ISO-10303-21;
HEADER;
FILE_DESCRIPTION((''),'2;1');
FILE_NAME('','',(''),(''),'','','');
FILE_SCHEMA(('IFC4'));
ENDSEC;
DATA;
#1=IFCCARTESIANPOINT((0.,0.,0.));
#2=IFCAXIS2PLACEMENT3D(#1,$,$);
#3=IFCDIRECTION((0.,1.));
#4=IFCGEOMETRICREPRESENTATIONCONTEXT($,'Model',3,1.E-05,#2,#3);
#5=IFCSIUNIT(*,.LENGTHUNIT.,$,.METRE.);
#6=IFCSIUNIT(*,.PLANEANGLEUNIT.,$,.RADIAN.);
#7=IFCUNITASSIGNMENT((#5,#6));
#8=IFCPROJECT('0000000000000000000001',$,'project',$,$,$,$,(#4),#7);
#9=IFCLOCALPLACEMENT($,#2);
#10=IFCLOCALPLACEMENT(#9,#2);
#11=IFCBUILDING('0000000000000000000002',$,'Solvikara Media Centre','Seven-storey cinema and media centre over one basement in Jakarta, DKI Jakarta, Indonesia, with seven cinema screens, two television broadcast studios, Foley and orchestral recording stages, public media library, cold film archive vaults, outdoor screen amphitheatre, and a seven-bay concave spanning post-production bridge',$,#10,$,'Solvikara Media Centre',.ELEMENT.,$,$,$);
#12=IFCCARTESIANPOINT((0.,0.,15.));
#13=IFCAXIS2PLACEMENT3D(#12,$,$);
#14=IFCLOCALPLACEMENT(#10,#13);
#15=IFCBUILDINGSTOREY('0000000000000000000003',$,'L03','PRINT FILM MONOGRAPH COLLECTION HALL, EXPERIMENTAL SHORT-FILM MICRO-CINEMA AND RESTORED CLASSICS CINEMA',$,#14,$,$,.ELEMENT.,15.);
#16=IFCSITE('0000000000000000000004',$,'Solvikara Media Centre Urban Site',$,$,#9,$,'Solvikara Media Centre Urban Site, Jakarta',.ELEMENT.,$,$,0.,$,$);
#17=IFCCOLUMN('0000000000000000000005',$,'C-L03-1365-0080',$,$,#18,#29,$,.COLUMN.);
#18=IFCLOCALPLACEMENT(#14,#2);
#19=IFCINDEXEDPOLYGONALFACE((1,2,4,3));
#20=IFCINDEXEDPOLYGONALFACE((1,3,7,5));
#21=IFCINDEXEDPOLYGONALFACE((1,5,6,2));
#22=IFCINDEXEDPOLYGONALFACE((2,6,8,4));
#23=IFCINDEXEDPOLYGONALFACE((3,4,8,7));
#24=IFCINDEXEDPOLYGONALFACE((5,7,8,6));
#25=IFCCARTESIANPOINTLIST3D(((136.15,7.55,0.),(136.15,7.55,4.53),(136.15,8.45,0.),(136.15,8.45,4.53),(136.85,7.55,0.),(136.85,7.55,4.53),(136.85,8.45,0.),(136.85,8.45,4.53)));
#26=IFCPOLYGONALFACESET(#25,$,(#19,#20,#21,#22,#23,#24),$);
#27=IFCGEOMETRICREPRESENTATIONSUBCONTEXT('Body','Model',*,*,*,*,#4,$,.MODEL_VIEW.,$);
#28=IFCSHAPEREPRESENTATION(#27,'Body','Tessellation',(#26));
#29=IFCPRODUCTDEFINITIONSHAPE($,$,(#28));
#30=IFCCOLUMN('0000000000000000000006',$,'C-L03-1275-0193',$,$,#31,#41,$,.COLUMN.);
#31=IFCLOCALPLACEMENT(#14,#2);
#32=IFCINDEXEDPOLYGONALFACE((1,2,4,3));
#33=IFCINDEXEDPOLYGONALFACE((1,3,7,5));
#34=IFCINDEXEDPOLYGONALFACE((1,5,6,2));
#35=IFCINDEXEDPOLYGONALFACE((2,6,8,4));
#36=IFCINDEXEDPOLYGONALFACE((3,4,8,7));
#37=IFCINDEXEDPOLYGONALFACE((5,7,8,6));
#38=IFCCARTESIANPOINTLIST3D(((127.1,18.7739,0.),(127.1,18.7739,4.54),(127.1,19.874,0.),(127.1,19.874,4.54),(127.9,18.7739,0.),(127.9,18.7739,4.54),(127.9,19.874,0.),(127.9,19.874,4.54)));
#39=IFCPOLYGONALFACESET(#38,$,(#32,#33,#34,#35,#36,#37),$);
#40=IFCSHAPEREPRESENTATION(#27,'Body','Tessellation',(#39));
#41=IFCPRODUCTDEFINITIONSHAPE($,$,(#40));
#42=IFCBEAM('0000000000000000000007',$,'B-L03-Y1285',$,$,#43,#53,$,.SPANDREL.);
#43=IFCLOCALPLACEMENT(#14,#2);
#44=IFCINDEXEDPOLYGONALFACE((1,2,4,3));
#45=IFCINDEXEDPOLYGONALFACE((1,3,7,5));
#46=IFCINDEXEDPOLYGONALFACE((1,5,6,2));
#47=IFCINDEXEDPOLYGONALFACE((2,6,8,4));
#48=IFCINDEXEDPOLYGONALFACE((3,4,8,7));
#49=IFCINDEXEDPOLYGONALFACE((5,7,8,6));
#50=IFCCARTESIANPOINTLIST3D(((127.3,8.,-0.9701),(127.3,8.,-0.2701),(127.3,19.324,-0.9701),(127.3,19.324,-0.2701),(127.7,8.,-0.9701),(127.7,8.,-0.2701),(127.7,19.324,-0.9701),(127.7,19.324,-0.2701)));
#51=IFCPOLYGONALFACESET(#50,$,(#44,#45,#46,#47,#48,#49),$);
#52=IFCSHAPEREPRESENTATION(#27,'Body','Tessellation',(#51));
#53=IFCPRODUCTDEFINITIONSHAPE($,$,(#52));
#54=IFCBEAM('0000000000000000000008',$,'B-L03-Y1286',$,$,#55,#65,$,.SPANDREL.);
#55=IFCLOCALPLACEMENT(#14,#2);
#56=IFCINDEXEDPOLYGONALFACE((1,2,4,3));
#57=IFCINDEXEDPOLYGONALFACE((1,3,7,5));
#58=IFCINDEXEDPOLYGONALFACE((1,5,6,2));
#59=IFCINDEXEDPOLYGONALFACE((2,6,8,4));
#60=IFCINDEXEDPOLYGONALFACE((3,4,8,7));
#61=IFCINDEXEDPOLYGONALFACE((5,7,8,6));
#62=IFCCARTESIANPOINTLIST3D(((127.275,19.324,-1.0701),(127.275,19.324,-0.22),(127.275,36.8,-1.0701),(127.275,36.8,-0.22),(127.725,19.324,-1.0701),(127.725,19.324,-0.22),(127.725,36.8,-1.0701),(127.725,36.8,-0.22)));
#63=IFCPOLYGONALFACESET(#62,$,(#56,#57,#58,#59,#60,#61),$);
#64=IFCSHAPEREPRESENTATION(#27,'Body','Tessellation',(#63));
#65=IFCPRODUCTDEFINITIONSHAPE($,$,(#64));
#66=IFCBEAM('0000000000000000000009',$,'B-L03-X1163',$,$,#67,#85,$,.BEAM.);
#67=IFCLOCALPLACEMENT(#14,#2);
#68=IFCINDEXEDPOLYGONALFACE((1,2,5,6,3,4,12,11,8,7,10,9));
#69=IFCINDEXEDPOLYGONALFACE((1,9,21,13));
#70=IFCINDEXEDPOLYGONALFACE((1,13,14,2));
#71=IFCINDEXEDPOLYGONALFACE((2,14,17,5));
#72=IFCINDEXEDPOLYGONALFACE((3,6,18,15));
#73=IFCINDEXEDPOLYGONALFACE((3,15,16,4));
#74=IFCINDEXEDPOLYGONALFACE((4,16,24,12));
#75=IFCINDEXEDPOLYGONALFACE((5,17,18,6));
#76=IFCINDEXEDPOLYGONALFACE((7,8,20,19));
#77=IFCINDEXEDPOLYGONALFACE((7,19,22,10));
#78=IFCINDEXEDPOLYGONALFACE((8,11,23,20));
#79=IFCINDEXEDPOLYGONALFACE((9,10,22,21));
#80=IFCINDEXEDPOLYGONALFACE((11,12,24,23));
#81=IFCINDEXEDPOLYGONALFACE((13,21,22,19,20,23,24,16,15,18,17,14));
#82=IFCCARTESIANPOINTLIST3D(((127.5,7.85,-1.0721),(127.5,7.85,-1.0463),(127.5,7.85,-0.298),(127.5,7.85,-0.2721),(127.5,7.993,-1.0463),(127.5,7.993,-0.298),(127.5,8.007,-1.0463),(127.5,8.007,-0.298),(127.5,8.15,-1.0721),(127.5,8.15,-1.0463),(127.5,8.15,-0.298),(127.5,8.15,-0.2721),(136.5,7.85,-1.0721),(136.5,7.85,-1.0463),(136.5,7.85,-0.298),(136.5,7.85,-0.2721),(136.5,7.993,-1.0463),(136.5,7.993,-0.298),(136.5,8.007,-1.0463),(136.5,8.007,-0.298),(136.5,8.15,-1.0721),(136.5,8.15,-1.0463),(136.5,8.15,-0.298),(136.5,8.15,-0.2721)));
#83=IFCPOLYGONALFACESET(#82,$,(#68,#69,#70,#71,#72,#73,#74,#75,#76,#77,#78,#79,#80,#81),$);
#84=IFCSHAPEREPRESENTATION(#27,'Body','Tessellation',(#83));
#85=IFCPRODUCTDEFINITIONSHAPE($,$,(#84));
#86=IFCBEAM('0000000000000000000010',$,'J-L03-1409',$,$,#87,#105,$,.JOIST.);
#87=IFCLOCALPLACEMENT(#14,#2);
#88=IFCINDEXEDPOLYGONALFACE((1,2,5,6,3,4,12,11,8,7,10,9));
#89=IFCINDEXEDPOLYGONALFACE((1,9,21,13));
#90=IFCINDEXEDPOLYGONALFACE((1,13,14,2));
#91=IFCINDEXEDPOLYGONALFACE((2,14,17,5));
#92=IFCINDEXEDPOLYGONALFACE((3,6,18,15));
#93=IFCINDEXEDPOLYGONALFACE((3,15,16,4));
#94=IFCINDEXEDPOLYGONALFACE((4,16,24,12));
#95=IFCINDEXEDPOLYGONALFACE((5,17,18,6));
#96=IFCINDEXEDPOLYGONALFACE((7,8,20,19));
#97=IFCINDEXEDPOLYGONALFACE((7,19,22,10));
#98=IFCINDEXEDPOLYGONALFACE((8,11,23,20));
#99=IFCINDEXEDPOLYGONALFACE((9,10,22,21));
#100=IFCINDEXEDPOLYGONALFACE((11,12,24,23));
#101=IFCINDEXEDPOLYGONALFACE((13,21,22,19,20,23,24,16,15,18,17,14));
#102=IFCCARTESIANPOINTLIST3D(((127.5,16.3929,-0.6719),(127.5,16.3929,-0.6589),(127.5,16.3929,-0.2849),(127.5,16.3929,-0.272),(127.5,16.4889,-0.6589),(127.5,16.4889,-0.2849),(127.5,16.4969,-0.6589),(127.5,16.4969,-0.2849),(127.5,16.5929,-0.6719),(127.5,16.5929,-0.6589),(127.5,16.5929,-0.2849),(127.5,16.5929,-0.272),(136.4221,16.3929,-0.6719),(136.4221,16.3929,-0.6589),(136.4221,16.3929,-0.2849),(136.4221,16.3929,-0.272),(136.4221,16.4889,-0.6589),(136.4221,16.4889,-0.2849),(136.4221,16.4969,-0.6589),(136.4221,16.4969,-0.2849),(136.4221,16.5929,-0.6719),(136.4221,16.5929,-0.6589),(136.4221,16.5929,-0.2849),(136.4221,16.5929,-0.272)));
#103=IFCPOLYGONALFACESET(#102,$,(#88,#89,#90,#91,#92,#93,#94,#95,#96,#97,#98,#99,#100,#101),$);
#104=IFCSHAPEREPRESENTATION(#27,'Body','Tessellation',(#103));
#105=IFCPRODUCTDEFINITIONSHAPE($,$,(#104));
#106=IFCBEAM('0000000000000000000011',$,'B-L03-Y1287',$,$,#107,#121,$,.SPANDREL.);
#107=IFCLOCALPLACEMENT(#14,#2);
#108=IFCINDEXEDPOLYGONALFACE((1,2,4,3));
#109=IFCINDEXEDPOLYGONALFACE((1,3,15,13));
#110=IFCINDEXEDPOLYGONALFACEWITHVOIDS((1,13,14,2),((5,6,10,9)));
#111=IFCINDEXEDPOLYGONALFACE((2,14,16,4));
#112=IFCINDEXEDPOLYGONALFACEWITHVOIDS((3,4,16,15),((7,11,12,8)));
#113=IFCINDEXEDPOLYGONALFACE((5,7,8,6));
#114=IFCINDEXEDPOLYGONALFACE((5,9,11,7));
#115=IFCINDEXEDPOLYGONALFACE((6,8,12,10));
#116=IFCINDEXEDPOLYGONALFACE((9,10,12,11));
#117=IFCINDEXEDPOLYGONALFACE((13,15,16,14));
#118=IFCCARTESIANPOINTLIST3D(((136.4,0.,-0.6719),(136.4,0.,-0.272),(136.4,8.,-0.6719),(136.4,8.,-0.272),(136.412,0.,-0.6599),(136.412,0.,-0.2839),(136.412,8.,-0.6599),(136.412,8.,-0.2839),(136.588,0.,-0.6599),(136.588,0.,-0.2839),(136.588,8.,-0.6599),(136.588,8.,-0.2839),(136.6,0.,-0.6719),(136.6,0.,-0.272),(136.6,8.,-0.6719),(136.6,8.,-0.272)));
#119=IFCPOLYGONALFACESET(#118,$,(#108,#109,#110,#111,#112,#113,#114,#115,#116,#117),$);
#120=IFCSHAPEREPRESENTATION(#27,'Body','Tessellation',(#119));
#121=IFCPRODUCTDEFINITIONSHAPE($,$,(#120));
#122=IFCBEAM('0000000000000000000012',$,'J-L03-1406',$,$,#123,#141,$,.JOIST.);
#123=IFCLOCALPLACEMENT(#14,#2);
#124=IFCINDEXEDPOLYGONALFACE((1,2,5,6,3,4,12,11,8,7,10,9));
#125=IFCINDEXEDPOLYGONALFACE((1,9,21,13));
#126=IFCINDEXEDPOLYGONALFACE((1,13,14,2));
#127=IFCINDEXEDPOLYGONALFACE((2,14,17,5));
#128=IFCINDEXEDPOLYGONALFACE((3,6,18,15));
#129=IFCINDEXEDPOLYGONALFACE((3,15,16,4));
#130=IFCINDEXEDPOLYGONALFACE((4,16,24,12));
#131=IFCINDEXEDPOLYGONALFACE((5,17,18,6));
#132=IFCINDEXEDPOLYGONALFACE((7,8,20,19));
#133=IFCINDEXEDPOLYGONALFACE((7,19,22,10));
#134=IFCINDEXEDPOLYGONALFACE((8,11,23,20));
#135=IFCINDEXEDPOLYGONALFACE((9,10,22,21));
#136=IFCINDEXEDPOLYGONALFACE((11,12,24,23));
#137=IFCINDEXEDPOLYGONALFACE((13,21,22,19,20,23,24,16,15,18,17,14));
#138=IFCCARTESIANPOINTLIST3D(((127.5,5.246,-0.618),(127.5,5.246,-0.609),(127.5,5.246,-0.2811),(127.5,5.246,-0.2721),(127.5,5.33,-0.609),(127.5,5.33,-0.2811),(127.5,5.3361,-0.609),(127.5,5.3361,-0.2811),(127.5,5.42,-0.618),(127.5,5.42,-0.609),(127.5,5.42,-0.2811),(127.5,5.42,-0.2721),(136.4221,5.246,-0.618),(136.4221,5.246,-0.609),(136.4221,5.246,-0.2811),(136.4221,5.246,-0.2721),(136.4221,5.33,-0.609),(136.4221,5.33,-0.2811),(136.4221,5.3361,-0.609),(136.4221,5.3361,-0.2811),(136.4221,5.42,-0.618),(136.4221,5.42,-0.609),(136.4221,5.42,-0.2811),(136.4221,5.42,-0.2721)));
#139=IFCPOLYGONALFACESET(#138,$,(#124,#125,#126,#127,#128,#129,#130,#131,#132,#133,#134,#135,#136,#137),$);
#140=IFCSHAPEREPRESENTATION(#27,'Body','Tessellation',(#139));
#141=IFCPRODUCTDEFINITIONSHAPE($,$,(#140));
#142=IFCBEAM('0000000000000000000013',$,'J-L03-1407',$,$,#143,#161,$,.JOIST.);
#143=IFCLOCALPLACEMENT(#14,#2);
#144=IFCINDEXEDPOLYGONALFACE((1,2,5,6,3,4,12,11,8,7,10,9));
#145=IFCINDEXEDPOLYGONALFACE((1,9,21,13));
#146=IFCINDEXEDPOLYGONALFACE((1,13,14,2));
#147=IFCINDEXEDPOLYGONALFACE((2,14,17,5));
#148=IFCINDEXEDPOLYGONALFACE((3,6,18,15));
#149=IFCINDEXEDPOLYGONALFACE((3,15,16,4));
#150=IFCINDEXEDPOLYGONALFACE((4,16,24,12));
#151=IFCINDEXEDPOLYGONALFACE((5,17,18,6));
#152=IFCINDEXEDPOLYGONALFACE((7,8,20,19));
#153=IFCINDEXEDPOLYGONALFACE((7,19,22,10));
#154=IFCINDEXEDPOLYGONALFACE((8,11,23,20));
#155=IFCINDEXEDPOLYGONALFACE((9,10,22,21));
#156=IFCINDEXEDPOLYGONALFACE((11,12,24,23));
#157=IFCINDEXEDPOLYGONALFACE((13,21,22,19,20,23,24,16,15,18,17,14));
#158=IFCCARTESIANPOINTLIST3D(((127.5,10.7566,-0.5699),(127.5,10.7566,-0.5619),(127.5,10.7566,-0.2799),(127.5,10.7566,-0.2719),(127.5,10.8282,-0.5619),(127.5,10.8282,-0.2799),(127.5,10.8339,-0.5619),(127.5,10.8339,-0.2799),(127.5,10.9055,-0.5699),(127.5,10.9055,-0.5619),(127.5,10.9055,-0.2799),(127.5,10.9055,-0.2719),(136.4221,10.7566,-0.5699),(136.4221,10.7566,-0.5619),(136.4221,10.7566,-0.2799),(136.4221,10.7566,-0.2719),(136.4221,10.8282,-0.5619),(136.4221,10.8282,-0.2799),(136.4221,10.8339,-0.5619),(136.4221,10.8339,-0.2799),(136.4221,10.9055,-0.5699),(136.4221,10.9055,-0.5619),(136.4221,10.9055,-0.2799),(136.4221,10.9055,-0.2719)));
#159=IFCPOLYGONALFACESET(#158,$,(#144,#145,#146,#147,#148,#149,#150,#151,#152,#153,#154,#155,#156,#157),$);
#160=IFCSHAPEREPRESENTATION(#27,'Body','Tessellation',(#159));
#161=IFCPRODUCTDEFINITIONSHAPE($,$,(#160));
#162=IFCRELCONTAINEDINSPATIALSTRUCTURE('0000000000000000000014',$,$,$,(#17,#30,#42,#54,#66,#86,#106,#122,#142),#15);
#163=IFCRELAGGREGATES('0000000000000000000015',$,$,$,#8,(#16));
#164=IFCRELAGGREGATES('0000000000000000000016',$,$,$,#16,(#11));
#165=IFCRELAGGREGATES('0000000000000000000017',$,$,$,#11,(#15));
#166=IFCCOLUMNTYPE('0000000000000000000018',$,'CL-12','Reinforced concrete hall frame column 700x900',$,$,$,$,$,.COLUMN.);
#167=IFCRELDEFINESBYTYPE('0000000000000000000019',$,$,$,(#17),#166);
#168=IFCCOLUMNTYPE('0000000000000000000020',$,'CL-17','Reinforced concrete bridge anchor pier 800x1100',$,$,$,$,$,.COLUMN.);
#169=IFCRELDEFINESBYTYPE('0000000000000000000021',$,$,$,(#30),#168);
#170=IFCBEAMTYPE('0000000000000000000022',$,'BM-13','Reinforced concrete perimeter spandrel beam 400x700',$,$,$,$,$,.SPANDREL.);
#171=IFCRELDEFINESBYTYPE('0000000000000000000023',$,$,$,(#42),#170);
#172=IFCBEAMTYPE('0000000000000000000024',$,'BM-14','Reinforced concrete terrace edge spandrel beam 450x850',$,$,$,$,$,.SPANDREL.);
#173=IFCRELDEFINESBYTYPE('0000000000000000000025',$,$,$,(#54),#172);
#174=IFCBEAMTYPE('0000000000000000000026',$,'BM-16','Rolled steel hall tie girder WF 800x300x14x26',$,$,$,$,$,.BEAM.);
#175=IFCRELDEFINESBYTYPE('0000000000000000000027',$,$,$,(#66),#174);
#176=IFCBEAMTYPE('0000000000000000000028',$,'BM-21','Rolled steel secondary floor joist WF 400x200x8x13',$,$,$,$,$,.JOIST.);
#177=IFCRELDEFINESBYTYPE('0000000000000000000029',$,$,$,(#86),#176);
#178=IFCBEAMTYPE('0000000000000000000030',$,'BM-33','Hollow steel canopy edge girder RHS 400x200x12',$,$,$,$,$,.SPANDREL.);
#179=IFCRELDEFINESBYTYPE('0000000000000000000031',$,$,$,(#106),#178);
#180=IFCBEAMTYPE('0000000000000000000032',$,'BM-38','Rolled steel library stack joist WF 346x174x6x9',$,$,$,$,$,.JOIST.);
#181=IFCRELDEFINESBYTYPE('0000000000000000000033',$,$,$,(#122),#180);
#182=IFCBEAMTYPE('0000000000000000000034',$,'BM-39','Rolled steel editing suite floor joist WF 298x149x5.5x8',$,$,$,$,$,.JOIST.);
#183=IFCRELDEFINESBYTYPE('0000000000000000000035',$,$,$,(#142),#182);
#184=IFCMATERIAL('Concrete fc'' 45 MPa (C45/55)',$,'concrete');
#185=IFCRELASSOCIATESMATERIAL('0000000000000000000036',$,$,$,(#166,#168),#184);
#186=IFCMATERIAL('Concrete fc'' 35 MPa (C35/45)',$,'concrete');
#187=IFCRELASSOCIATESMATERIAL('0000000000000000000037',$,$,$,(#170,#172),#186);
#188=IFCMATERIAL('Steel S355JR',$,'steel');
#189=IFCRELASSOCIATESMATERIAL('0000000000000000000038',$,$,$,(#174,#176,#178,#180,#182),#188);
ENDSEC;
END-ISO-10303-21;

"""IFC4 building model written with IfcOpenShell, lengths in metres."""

from ifc_helpers import new_model, si_unit, direction, frame, origin, origin_2d, place, context, subcontext, project, spatial, rectangle, hollow_rectangle, i_section, extrude, material, material_profile, profile_set, type_object, element, save


model = new_model("IFC4")

# Units and contexts
model_context = context("Model", 3, precision=1e-05, world=origin(), true_north=direction((0.0, 1.0)))
body_context = subcontext(model_context, "Body", "Model", "MODEL_VIEW")
ifc_project = project(units=[si_unit("LENGTHUNIT", "METRE"), si_unit("PLANEANGLEUNIT", "RADIAN")], contexts=[model_context])

# Site, building, storey
site_placement = place(None, origin())
site = spatial("IfcSite", under=ifc_project, at=site_placement, Name="Solvikara Media Centre Urban Site", LongName="Solvikara Media Centre Urban Site, Jakarta", CompositionType="ELEMENT", RefElevation=0.0)
building_placement = place(site_placement, origin())
building = spatial("IfcBuilding", under=site, at=building_placement, Name="Solvikara Media Centre", Description="Seven-storey cinema and media centre over one basement in Jakarta, DKI Jakarta, Indonesia, with seven cinema screens, two television broadcast studios, Foley and orchestral recording stages, public media library, cold film archive vaults, outdoor screen amphitheatre, and a seven-bay concave spanning post-production bridge", LongName="Solvikara Media Centre", CompositionType="ELEMENT")
storey_placement = place(building_placement, frame((0.0, 0.0, 15.0)))
storey = spatial("IfcBuildingStorey", under=building, at=storey_placement, Name="L03", Description="PRINT FILM MONOGRAPH COLLECTION HALL, EXPERIMENTAL SHORT-FILM MICRO-CINEMA AND RESTORED CLASSICS CINEMA", CompositionType="ELEMENT", Elevation=15.0)

# Columns
ifc_material_1 = material(Name="Concrete fc' 45 MPa (C45/55)", Category="concrete")
ifc_material_profile_1 = material_profile(ifc_material_1, rectangle(XDim=0.7, YDim=0.8999, at=origin_2d()), Name="RC 700x900")
ifc_profile_set_1 = profile_set([ifc_material_profile_1], Name="Concrete fc' 45 MPa (C45/55)")
column_type_1 = type_object("IfcColumnType", Name="CL-12", Description="Reinforced concrete hall frame column 700x900", PredefinedType="COLUMN", material=ifc_profile_set_1)
column_1_placement = place(storey_placement, frame((136.5, 8.0, 0.0), z_axis=(0.0, 0.0, 1.0), x_axis=(1.0, 0.0, 0.0)))
element("IfcColumn", 1, at=column_1_placement, inside=storey, type_object=column_type_1, Name="C-L03-1365-0080", PredefinedType="COLUMN", context=body_context, shape_type="SweptSolid", body=[
    extrude(rectangle(XDim=0.7, YDim=0.8999, at=origin_2d()), origin(), (0.0, 0.0, 1.0), 4.53),
])
ifc_material_profile_2 = material_profile(ifc_material_1, rectangle(XDim=0.8, YDim=1.1001, at=origin_2d()), Name="RC 800x1100")
ifc_profile_set_2 = profile_set([ifc_material_profile_2], Name="Concrete fc' 45 MPa (C45/55)")
column_type_2 = type_object("IfcColumnType", Name="CL-17", Description="Reinforced concrete bridge anchor pier 800x1100", PredefinedType="COLUMN", material=ifc_profile_set_2)
column_2_placement = place(storey_placement, frame((127.5, 19.324, 0.0), z_axis=(0.0, 0.0, 1.0), x_axis=(1.0, 0.0, 0.0)))
element("IfcColumn", 2, at=column_2_placement, inside=storey, type_object=column_type_2, Name="C-L03-1275-0193", PredefinedType="COLUMN", context=body_context, shape_type="SweptSolid", body=[
    extrude(rectangle(XDim=0.8, YDim=1.1001, at=origin_2d()), origin(), (0.0, 0.0, 1.0), 4.54),
])

# Beams
ifc_material_2 = material(Name="Concrete fc' 35 MPa (C35/45)", Category="concrete")
ifc_material_profile_3 = material_profile(ifc_material_2, rectangle(XDim=0.3999, YDim=0.7, at=origin_2d()), Name="RC 400x700")
ifc_profile_set_3 = profile_set([ifc_material_profile_3], Name="Concrete fc' 35 MPa (C35/45)")
beam_type_1 = type_object("IfcBeamType", Name="BM-13", Description="Reinforced concrete perimeter spandrel beam 400x700", PredefinedType="SPANDREL", material=ifc_profile_set_3)
beam_1_placement = place(storey_placement, frame((127.5, 8.0, -0.6201), z_axis=(0.0, 1.0, 0.0), x_axis=(-1.0, 0.0, 0.0)))
element("IfcBeam", 3, at=beam_1_placement, inside=storey, type_object=beam_type_1, Name="B-L03-Y1285", PredefinedType="SPANDREL", context=body_context, shape_type="SweptSolid", body=[
    extrude(rectangle(XDim=0.3999, YDim=0.7, at=origin_2d()), origin(), (0.0, 0.0, 1.0), 11.324),
])
ifc_material_profile_4 = material_profile(ifc_material_2, rectangle(XDim=0.45, YDim=0.8501, at=origin_2d()), Name="RC 450x850")
ifc_profile_set_4 = profile_set([ifc_material_profile_4], Name="Concrete fc' 35 MPa (C35/45)")
beam_type_2 = type_object("IfcBeamType", Name="BM-14", Description="Reinforced concrete terrace edge spandrel beam 450x850", PredefinedType="SPANDREL", material=ifc_profile_set_4)
beam_2_placement = place(storey_placement, frame((127.5, 19.324, -0.645), z_axis=(0.0, 1.0, 0.0), x_axis=(-1.0, 0.0, 0.0)))
element("IfcBeam", 4, at=beam_2_placement, inside=storey, type_object=beam_type_2, Name="B-L03-Y1286", PredefinedType="SPANDREL", context=body_context, shape_type="SweptSolid", body=[
    extrude(rectangle(XDim=0.45, YDim=0.8501, at=origin_2d()), origin(), (0.0, 0.0, 1.0), 17.4761),
])
ifc_material_3 = material(Name="Steel S355JR", Category="steel")
ifc_material_profile_5 = material_profile(ifc_material_3, i_section(OverallWidth=0.3, OverallDepth=0.8, WebThickness=0.0139, FlangeThickness=0.0259, at=origin_2d()), Name="WF 800x300x14x26")
ifc_profile_set_5 = profile_set([ifc_material_profile_5], Name="Steel S355JR")
beam_type_3 = type_object("IfcBeamType", Name="BM-16", Description="Rolled steel hall tie girder WF 800x300x14x26", PredefinedType="BEAM", material=ifc_profile_set_5)
beam_3_placement = place(storey_placement, frame((127.5, 8.0, -0.6721), z_axis=(1.0, 0.0, 0.0), x_axis=(0.0, 1.0, 0.0)))
element("IfcBeam", 5, at=beam_3_placement, inside=storey, type_object=beam_type_3, Name="B-L03-X1163", PredefinedType="BEAM", context=body_context, shape_type="SweptSolid", body=[
    extrude(i_section(OverallWidth=0.3, OverallDepth=0.8, WebThickness=0.0139, FlangeThickness=0.0259, at=origin_2d()), origin(), (0.0, 0.0, 1.0), 9.0),
])
ifc_material_profile_6 = material_profile(ifc_material_3, i_section(OverallWidth=0.2, OverallDepth=0.3999, WebThickness=0.0081, FlangeThickness=0.0129, at=origin_2d()), Name="WF 400x200x8x13")
ifc_profile_set_6 = profile_set([ifc_material_profile_6], Name="Steel S355JR")
beam_type_4 = type_object("IfcBeamType", Name="BM-21", Description="Rolled steel secondary floor joist WF 400x200x8x13", PredefinedType="JOIST", material=ifc_profile_set_6)
beam_4_placement = place(storey_placement, frame((127.5, 16.4929, -0.4719), z_axis=(1.0, 0.0, 0.0), x_axis=(0.0, 1.0, 0.0)))
element("IfcBeam", 6, at=beam_4_placement, inside=storey, type_object=beam_type_4, Name="J-L03-1409", PredefinedType="JOIST", context=body_context, shape_type="SweptSolid", body=[
    extrude(i_section(OverallWidth=0.2, OverallDepth=0.3999, WebThickness=0.0081, FlangeThickness=0.0129, at=origin_2d()), origin(), (0.0, 0.0, 1.0), 8.9221),
])
ifc_material_profile_7 = material_profile(ifc_material_3, hollow_rectangle(XDim=0.2, YDim=0.3999, WallThickness=0.012, at=origin_2d()), Name="RHS 400x200x12")
ifc_profile_set_7 = profile_set([ifc_material_profile_7], Name="Steel S355JR")
beam_type_5 = type_object("IfcBeamType", Name="BM-33", Description="Hollow steel canopy edge girder RHS 400x200x12", PredefinedType="SPANDREL", material=ifc_profile_set_7)
beam_5_placement = place(storey_placement, frame((136.5, 0.0, -0.4719), z_axis=(0.0, 1.0, 0.0), x_axis=(-1.0, 0.0, 0.0)))
element("IfcBeam", 7, at=beam_5_placement, inside=storey, type_object=beam_type_5, Name="B-L03-Y1287", PredefinedType="SPANDREL", context=body_context, shape_type="SweptSolid", body=[
    extrude(hollow_rectangle(XDim=0.2, YDim=0.3999, WallThickness=0.012, at=origin_2d()), origin(), (0.0, 0.0, 1.0), 8.0),
])
ifc_material_profile_8 = material_profile(ifc_material_3, i_section(OverallWidth=0.1741, OverallDepth=0.3459, WebThickness=0.0061, FlangeThickness=0.009, at=origin_2d()), Name="WF 346x174x6x9")
ifc_profile_set_8 = profile_set([ifc_material_profile_8], Name="Steel S355JR")
beam_type_6 = type_object("IfcBeamType", Name="BM-38", Description="Rolled steel library stack joist WF 346x174x6x9", PredefinedType="JOIST", material=ifc_profile_set_8)
beam_6_placement = place(storey_placement, frame((127.5, 5.333, -0.4451), z_axis=(1.0, 0.0, 0.0), x_axis=(0.0, 1.0, 0.0)))
element("IfcBeam", 8, at=beam_6_placement, inside=storey, type_object=beam_type_6, Name="J-L03-1406", PredefinedType="JOIST", context=body_context, shape_type="SweptSolid", body=[
    extrude(i_section(OverallWidth=0.1741, OverallDepth=0.3459, WebThickness=0.0061, FlangeThickness=0.009, at=origin_2d()), origin(), (0.0, 0.0, 1.0), 8.9221),
])
ifc_material_profile_9 = material_profile(ifc_material_3, i_section(OverallWidth=0.1489, OverallDepth=0.2981, WebThickness=0.0056, FlangeThickness=0.0081, at=origin_2d()), Name="WF 298x149x5.5x8")
ifc_profile_set_9 = profile_set([ifc_material_profile_9], Name="Steel S355JR")
beam_type_7 = type_object("IfcBeamType", Name="BM-39", Description="Rolled steel editing suite floor joist WF 298x149x5.5x8", PredefinedType="JOIST", material=ifc_profile_set_9)
beam_7_placement = place(storey_placement, frame((127.5, 10.8311, -0.4209), z_axis=(1.0, 0.0, 0.0), x_axis=(0.0, 1.0, 0.0)))
element("IfcBeam", 9, at=beam_7_placement, inside=storey, type_object=beam_type_7, Name="J-L03-1407", PredefinedType="JOIST", context=body_context, shape_type="SweptSolid", body=[
    extrude(i_section(OverallWidth=0.1489, OverallDepth=0.2981, WebThickness=0.0056, FlangeThickness=0.0081, at=origin_2d()), origin(), (0.0, 0.0, 1.0), 8.9221),
])

save(model, "model.ifc")
